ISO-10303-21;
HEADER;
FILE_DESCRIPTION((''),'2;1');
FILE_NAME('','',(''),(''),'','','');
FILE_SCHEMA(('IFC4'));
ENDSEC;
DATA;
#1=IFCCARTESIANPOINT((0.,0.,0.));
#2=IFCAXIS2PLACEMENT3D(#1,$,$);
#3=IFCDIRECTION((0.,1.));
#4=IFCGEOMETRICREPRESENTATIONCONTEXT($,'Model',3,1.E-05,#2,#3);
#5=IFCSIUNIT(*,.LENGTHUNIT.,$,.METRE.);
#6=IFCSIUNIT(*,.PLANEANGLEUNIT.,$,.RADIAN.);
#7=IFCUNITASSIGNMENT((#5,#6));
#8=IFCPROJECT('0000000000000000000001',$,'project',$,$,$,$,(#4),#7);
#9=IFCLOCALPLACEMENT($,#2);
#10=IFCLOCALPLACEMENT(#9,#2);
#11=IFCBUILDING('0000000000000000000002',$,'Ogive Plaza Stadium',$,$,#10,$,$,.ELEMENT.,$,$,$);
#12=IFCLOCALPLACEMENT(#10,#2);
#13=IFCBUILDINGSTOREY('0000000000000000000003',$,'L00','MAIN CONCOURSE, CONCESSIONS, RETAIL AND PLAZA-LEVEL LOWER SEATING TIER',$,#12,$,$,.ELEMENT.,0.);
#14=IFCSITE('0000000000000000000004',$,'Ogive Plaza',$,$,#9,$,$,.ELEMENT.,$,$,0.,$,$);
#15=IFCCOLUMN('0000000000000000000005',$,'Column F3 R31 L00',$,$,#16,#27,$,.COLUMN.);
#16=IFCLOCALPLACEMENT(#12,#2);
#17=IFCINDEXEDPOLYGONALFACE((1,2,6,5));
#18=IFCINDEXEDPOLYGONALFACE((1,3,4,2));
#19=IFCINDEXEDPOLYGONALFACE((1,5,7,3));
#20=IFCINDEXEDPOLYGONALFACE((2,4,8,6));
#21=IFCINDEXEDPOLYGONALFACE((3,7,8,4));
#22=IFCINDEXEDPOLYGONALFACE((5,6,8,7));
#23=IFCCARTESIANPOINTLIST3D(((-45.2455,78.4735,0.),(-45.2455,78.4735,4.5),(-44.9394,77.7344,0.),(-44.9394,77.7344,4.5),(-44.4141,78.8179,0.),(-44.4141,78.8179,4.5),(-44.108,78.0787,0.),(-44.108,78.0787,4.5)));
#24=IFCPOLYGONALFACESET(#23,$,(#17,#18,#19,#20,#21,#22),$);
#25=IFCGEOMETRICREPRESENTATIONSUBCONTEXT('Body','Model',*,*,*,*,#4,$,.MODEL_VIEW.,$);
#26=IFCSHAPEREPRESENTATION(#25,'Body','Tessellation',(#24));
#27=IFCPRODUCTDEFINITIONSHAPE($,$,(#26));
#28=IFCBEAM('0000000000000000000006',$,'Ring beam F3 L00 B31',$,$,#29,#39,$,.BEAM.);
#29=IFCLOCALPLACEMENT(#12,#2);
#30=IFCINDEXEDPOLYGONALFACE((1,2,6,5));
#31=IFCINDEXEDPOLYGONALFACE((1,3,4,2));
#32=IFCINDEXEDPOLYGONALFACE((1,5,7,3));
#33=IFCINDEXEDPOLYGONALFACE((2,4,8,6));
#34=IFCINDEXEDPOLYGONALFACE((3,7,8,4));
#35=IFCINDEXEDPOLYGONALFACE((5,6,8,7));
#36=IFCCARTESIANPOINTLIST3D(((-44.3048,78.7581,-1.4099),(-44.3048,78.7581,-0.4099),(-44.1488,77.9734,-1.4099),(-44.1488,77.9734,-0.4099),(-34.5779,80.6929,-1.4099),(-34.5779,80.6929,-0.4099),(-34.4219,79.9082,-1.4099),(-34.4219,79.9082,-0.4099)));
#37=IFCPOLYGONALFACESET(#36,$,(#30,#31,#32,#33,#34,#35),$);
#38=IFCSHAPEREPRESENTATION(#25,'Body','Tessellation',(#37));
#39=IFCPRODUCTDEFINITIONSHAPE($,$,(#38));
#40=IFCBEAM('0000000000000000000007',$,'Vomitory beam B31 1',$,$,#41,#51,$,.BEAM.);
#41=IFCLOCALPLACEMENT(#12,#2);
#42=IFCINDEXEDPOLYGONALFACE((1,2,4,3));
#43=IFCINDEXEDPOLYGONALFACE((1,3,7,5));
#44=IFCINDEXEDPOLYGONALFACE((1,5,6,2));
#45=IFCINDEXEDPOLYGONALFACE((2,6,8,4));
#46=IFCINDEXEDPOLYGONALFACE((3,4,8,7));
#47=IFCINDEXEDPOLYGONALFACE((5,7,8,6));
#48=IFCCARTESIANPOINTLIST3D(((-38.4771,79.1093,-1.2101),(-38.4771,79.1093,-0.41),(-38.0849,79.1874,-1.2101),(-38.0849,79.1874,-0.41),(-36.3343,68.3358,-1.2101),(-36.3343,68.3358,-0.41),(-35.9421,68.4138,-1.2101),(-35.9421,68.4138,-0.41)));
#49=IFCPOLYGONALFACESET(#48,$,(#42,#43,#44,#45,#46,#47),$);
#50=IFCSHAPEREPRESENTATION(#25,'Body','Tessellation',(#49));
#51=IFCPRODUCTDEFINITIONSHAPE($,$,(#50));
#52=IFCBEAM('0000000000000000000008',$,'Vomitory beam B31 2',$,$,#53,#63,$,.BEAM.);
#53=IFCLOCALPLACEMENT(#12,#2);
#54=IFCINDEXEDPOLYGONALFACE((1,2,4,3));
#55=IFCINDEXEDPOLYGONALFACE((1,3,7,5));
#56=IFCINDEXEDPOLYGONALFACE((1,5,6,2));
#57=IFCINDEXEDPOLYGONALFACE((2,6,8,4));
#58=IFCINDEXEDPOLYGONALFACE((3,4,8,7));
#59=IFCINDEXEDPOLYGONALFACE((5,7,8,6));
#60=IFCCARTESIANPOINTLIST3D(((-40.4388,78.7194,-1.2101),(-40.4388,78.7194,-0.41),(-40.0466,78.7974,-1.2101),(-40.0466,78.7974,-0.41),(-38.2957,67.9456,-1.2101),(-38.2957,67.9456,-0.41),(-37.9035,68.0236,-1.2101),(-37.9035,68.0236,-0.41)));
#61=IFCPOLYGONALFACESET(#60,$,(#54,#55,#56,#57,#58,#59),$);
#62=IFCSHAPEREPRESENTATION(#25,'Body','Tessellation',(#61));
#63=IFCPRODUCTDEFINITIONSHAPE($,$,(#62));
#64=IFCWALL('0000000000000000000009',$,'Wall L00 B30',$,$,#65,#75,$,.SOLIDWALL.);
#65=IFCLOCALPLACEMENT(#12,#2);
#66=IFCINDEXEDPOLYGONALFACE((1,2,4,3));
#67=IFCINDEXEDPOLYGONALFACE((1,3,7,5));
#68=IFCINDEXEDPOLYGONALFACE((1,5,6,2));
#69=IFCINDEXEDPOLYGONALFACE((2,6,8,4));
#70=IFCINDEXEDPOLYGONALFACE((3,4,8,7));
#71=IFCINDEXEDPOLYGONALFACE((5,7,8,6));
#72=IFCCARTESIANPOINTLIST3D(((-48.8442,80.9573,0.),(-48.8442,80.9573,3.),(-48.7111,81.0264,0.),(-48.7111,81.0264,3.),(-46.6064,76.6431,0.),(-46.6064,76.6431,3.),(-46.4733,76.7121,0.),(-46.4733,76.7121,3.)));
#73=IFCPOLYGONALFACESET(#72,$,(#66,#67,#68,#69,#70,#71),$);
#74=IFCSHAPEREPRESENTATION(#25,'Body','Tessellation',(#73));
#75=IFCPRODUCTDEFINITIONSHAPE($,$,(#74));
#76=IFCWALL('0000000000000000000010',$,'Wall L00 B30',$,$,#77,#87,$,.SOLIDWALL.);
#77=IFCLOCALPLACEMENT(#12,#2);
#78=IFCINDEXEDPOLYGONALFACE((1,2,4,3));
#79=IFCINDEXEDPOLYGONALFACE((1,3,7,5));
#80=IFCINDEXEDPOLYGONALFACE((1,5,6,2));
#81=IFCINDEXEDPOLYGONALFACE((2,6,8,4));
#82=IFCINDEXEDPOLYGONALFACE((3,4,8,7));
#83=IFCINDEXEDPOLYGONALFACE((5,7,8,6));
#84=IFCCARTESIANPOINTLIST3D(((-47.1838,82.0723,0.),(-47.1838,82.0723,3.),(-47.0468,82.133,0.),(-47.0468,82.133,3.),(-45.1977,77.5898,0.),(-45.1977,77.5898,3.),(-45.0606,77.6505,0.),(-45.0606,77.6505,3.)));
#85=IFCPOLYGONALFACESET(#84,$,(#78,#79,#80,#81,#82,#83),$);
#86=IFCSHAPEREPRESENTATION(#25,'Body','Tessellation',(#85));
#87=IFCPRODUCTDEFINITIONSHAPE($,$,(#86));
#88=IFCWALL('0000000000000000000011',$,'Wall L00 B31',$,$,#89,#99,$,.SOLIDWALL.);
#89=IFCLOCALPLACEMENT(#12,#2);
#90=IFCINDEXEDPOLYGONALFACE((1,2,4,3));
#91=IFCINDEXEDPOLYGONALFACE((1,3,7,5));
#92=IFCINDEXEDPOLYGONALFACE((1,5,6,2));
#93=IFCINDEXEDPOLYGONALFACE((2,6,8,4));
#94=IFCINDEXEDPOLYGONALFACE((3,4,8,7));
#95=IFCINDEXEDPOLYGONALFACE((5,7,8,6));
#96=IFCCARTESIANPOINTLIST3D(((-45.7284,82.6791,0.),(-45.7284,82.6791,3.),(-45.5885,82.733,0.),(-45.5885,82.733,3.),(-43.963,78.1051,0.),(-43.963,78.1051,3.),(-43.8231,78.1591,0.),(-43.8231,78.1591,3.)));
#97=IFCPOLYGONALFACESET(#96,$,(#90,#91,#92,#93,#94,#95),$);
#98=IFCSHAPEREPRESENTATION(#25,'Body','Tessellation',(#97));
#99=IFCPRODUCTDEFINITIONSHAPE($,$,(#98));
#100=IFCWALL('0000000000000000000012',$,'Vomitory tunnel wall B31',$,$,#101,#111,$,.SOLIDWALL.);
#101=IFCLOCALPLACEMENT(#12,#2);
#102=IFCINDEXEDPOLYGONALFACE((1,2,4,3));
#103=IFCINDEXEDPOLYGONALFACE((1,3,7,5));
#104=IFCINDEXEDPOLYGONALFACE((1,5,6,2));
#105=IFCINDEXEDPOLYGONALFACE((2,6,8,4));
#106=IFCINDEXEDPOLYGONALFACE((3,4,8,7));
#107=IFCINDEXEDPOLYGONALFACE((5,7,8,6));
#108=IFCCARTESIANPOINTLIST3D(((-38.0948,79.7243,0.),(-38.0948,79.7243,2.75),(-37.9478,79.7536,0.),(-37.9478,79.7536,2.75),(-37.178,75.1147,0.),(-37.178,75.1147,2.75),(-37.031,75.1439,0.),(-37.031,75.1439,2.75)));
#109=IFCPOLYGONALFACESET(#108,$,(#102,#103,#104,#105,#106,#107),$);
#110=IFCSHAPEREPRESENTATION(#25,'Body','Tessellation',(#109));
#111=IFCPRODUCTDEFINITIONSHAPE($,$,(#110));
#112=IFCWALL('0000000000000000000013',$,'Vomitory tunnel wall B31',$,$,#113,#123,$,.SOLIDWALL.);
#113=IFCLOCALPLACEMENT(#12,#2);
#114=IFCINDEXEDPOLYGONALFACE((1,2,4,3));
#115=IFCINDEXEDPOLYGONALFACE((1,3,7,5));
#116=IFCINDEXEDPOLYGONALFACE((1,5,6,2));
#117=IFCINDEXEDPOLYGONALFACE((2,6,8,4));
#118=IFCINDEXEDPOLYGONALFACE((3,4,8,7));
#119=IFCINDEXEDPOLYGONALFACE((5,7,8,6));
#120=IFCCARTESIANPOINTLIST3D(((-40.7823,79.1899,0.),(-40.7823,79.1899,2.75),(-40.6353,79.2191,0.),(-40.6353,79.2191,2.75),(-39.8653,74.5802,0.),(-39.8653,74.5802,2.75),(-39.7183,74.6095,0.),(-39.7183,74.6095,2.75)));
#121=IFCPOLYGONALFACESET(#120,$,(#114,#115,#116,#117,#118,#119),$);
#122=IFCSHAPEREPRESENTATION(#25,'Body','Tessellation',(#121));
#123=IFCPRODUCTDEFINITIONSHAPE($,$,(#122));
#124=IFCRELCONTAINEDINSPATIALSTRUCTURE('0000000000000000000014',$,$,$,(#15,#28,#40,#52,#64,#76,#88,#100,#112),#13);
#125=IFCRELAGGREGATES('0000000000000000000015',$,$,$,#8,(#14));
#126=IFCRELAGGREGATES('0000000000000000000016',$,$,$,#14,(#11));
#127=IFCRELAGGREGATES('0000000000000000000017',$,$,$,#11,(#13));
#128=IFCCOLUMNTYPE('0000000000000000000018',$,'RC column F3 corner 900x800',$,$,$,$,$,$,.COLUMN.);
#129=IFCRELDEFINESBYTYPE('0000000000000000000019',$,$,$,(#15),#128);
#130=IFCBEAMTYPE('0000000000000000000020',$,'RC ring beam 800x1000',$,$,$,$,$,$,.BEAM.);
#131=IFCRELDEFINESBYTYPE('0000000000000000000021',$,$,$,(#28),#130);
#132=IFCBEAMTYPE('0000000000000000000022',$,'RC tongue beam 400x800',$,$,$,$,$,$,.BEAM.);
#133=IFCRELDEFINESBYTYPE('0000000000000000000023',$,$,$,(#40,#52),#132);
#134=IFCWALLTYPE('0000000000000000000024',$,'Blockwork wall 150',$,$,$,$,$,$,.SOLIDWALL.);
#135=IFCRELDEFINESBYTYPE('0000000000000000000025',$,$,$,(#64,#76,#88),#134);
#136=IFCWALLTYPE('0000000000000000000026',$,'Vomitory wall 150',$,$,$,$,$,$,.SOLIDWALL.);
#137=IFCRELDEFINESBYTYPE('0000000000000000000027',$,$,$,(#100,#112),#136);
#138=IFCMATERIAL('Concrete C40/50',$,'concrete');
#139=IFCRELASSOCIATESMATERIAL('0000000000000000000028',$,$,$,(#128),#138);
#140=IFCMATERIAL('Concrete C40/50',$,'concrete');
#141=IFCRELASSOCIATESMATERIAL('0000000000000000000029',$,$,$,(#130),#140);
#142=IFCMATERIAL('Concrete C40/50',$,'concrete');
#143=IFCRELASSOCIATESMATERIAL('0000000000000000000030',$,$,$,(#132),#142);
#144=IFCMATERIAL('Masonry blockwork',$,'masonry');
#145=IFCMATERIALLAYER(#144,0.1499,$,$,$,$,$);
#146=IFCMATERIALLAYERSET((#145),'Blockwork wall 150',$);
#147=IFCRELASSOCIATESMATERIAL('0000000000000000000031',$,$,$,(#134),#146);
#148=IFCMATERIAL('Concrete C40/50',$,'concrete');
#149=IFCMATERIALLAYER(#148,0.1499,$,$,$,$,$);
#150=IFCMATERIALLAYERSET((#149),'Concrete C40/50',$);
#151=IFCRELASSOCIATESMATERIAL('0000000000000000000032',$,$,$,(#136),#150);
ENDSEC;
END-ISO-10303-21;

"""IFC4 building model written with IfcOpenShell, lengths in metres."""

from ifc_helpers import new_model, si_unit, direction, frame, frame_2d, origin, origin_2d, place, context, subcontext, project, spatial, rectangle, extrude, material, layer, layer_set, material_profile, profile_set, type_object, element, save


model = new_model("IFC4")

# Units and contexts
model_context = context("Model", 3, precision=1e-05, world=origin(), true_north=direction((0.0, 1.0)))
body_context = subcontext(model_context, "Body", "Model", "MODEL_VIEW")
ifc_project = project(units=[si_unit("LENGTHUNIT", "METRE"), si_unit("PLANEANGLEUNIT", "RADIAN")], contexts=[model_context])

# Site, building, storey
site_placement = place(None, origin())
site = spatial("IfcSite", under=ifc_project, at=site_placement, Name="Ogive Plaza", CompositionType="ELEMENT", RefElevation=0.0)
building_placement = place(site_placement, origin())
building = spatial("IfcBuilding", under=site, at=building_placement, Name="Ogive Plaza Stadium", CompositionType="ELEMENT")
storey_placement = place(building_placement, origin())
storey = spatial("IfcBuildingStorey", under=building, at=storey_placement, Name="L00", Description="MAIN CONCOURSE, CONCESSIONS, RETAIL AND PLAZA-LEVEL LOWER SEATING TIER", CompositionType="ELEMENT", Elevation=0.0)

# Column
ifc_material_1 = material(Name="Concrete C40/50", Category="concrete")
ifc_material_profile_1 = material_profile(ifc_material_1, rectangle(XDim=0.8999, YDim=0.8, at=origin_2d()), Name="RC 900x800")
ifc_profile_set_1 = profile_set([ifc_material_profile_1], Name="Concrete C40/50")
column_type = type_object("IfcColumnType", Name="RC column F3 corner 900x800", PredefinedType="COLUMN", material=ifc_profile_set_1)
column_placement = place(storey_placement, frame((-44.6768, 78.2761, 0.0), z_axis=(0.0, 0.0, 1.0), x_axis=(-0.92388, -0.382683, 0.0)))
element("IfcColumn", 1, at=column_placement, inside=storey, type_object=column_type, Name="Column F3 R31 L00", PredefinedType="COLUMN", context=body_context, shape_type="SweptSolid", body=[
    extrude(rectangle(XDim=0.8999, YDim=0.8, at=origin_2d()), origin(), (0.0, 0.0, 1.0), 4.5),
])

# Beams
ifc_material_2 = material(Name="Concrete C40/50", Category="concrete")
ifc_material_profile_2 = material_profile(ifc_material_2, rectangle(XDim=0.8, YDim=1.0, at=origin_2d()), Name="RC 800x1000")
ifc_profile_set_2 = profile_set([ifc_material_profile_2], Name="Concrete C40/50")
beam_type_1 = type_object("IfcBeamType", Name="RC ring beam 800x1000", PredefinedType="BEAM", material=ifc_profile_set_2)
beam_1_placement = place(storey_placement, frame((-44.2268, 78.3657, -0.9099), z_axis=(0.980785, 0.195093, 0.0), x_axis=(-0.195093, 0.980785, 0.0)))
element("IfcBeam", 2, at=beam_1_placement, inside=storey, type_object=beam_type_1, Name="Ring beam F3 L00 B31", PredefinedType="BEAM", context=body_context, shape_type="SweptSolid", body=[
    extrude(rectangle(XDim=0.8, YDim=1.0, at=origin_2d()), origin(), (0.0, 0.0, 1.0), 9.9175),
])
ifc_material_3 = material(Name="Concrete C40/50", Category="concrete")
ifc_material_profile_3 = material_profile(ifc_material_3, rectangle(XDim=0.3999, YDim=0.8, at=origin_2d()), Name="RC 400x800")
ifc_profile_set_3 = profile_set([ifc_material_profile_3], Name="Concrete C40/50")
beam_type_2 = type_object("IfcBeamType", Name="RC tongue beam 400x800", PredefinedType="BEAM", material=ifc_profile_set_3)
beam_2_placement = place(storey_placement, frame((-36.1382, 68.3748, -0.8101), z_axis=(-0.195073, 0.980789, 0.0), x_axis=(-0.980789, -0.195073, 0.0)))
element("IfcBeam", 3, at=beam_2_placement, inside=storey, type_object=beam_type_2, Name="Vomitory beam B31 1", PredefinedType="BEAM", context=body_context, shape_type="SweptSolid", body=[
    extrude(rectangle(XDim=0.3999, YDim=0.8, at=origin_2d()), origin(), (0.0, 0.0, 1.0), 10.9846),
])
beam_3_placement = place(storey_placement, frame((-38.0996, 67.9846, -0.8101), z_axis=(-0.195095, 0.980784, 0.0), x_axis=(-0.980784, -0.195095, 0.0)))
element("IfcBeam", 4, at=beam_3_placement, inside=storey, type_object=beam_type_2, Name="Vomitory beam B31 2", PredefinedType="BEAM", context=body_context, shape_type="SweptSolid", body=[
    extrude(rectangle(XDim=0.3999, YDim=0.8, at=origin_2d()), origin(), (0.0, 0.0, 1.0), 10.9849),
])

# Walls
ifc_material_4 = material(Name="Masonry blockwork", Category="masonry")
ifc_layer_1 = layer(ifc_material_4, 0.1499)
ifc_layer_set_1 = layer_set([ifc_layer_1], Name="Blockwork wall 150")
wall_type_1 = type_object("IfcWallType", Name="Blockwork wall 150", PredefinedType="SOLIDWALL", material=ifc_layer_set_1)
wall_1_placement = place(storey_placement, frame((-46.5398, 76.6775, 0.0), z_axis=(0.0, 0.0, 1.0), x_axis=(-0.460446, 0.887688, 0.0)))
element("IfcWall", 5, at=wall_1_placement, inside=storey, type_object=wall_type_1, Name="Wall L00 B30", PredefinedType="SOLIDWALL", context=body_context, shape_type="SweptSolid", body=[
    extrude(rectangle(XDim=4.8601, YDim=0.1499, at=frame_2d((2.4302, 0.0))), origin(), (0.0, 0.0, 1.0), 3.0),
])
for number, where, z_axis, x_axis, name in (
    (6, (-45.1292, 77.6201, 0.0), (0.0, 0.0, 1.0), (-0.405099, 0.914273, 0.0), "Wall L00 B30"),
    (7, (-43.8931, 78.1321, 0.0), (0.0, 0.0, 1.0), (-0.360073, 0.932924, 0.0), "Wall L00 B31"),
):
    element("IfcWall", number, at=place(storey_placement, frame(where, z_axis=z_axis, x_axis=x_axis)), inside=storey, type_object=wall_type_1, Name=name, PredefinedType="SOLIDWALL", context=body_context, shape_type="SweptSolid", body=[
        extrude(rectangle(XDim=4.9028, YDim=0.1499, at=frame_2d((2.4514, 0.0))), origin(), (0.0, 0.0, 1.0), 3.0),
    ])

# Walls
ifc_material_5 = material(Name="Concrete C40/50", Category="concrete")
ifc_layer_2 = layer(ifc_material_5, 0.1499)
ifc_layer_set_2 = layer_set([ifc_layer_2], Name="Concrete C40/50")
wall_type_2 = type_object("IfcWallType", Name="Vomitory wall 150", PredefinedType="SOLIDWALL", material=ifc_layer_set_2)
for number, where, z_axis, x_axis, name in (
    (8, (-37.1045, 75.1292, 0.0), (0.0, 0.0, 1.0), (-0.195057, 0.980792, 0.0), "Vomitory tunnel wall B31"),
    (9, (-39.7917, 74.5947, 0.0), (0.0, 0.0, 1.0), (-0.195107, 0.980782, 0.0), "Vomitory tunnel wall B31"),
):
    element("IfcWall", number, at=place(storey_placement, frame(where, z_axis=z_axis, x_axis=x_axis)), inside=storey, type_object=wall_type_2, Name=name, PredefinedType="SOLIDWALL", context=body_context, shape_type="SweptSolid", body=[
        extrude(rectangle(XDim=4.7, YDim=0.1499, at=frame_2d((2.3501, 0.0))), origin(), (0.0, 0.0, 1.0), 2.75),
    ])

save(model, "model.ifc")
